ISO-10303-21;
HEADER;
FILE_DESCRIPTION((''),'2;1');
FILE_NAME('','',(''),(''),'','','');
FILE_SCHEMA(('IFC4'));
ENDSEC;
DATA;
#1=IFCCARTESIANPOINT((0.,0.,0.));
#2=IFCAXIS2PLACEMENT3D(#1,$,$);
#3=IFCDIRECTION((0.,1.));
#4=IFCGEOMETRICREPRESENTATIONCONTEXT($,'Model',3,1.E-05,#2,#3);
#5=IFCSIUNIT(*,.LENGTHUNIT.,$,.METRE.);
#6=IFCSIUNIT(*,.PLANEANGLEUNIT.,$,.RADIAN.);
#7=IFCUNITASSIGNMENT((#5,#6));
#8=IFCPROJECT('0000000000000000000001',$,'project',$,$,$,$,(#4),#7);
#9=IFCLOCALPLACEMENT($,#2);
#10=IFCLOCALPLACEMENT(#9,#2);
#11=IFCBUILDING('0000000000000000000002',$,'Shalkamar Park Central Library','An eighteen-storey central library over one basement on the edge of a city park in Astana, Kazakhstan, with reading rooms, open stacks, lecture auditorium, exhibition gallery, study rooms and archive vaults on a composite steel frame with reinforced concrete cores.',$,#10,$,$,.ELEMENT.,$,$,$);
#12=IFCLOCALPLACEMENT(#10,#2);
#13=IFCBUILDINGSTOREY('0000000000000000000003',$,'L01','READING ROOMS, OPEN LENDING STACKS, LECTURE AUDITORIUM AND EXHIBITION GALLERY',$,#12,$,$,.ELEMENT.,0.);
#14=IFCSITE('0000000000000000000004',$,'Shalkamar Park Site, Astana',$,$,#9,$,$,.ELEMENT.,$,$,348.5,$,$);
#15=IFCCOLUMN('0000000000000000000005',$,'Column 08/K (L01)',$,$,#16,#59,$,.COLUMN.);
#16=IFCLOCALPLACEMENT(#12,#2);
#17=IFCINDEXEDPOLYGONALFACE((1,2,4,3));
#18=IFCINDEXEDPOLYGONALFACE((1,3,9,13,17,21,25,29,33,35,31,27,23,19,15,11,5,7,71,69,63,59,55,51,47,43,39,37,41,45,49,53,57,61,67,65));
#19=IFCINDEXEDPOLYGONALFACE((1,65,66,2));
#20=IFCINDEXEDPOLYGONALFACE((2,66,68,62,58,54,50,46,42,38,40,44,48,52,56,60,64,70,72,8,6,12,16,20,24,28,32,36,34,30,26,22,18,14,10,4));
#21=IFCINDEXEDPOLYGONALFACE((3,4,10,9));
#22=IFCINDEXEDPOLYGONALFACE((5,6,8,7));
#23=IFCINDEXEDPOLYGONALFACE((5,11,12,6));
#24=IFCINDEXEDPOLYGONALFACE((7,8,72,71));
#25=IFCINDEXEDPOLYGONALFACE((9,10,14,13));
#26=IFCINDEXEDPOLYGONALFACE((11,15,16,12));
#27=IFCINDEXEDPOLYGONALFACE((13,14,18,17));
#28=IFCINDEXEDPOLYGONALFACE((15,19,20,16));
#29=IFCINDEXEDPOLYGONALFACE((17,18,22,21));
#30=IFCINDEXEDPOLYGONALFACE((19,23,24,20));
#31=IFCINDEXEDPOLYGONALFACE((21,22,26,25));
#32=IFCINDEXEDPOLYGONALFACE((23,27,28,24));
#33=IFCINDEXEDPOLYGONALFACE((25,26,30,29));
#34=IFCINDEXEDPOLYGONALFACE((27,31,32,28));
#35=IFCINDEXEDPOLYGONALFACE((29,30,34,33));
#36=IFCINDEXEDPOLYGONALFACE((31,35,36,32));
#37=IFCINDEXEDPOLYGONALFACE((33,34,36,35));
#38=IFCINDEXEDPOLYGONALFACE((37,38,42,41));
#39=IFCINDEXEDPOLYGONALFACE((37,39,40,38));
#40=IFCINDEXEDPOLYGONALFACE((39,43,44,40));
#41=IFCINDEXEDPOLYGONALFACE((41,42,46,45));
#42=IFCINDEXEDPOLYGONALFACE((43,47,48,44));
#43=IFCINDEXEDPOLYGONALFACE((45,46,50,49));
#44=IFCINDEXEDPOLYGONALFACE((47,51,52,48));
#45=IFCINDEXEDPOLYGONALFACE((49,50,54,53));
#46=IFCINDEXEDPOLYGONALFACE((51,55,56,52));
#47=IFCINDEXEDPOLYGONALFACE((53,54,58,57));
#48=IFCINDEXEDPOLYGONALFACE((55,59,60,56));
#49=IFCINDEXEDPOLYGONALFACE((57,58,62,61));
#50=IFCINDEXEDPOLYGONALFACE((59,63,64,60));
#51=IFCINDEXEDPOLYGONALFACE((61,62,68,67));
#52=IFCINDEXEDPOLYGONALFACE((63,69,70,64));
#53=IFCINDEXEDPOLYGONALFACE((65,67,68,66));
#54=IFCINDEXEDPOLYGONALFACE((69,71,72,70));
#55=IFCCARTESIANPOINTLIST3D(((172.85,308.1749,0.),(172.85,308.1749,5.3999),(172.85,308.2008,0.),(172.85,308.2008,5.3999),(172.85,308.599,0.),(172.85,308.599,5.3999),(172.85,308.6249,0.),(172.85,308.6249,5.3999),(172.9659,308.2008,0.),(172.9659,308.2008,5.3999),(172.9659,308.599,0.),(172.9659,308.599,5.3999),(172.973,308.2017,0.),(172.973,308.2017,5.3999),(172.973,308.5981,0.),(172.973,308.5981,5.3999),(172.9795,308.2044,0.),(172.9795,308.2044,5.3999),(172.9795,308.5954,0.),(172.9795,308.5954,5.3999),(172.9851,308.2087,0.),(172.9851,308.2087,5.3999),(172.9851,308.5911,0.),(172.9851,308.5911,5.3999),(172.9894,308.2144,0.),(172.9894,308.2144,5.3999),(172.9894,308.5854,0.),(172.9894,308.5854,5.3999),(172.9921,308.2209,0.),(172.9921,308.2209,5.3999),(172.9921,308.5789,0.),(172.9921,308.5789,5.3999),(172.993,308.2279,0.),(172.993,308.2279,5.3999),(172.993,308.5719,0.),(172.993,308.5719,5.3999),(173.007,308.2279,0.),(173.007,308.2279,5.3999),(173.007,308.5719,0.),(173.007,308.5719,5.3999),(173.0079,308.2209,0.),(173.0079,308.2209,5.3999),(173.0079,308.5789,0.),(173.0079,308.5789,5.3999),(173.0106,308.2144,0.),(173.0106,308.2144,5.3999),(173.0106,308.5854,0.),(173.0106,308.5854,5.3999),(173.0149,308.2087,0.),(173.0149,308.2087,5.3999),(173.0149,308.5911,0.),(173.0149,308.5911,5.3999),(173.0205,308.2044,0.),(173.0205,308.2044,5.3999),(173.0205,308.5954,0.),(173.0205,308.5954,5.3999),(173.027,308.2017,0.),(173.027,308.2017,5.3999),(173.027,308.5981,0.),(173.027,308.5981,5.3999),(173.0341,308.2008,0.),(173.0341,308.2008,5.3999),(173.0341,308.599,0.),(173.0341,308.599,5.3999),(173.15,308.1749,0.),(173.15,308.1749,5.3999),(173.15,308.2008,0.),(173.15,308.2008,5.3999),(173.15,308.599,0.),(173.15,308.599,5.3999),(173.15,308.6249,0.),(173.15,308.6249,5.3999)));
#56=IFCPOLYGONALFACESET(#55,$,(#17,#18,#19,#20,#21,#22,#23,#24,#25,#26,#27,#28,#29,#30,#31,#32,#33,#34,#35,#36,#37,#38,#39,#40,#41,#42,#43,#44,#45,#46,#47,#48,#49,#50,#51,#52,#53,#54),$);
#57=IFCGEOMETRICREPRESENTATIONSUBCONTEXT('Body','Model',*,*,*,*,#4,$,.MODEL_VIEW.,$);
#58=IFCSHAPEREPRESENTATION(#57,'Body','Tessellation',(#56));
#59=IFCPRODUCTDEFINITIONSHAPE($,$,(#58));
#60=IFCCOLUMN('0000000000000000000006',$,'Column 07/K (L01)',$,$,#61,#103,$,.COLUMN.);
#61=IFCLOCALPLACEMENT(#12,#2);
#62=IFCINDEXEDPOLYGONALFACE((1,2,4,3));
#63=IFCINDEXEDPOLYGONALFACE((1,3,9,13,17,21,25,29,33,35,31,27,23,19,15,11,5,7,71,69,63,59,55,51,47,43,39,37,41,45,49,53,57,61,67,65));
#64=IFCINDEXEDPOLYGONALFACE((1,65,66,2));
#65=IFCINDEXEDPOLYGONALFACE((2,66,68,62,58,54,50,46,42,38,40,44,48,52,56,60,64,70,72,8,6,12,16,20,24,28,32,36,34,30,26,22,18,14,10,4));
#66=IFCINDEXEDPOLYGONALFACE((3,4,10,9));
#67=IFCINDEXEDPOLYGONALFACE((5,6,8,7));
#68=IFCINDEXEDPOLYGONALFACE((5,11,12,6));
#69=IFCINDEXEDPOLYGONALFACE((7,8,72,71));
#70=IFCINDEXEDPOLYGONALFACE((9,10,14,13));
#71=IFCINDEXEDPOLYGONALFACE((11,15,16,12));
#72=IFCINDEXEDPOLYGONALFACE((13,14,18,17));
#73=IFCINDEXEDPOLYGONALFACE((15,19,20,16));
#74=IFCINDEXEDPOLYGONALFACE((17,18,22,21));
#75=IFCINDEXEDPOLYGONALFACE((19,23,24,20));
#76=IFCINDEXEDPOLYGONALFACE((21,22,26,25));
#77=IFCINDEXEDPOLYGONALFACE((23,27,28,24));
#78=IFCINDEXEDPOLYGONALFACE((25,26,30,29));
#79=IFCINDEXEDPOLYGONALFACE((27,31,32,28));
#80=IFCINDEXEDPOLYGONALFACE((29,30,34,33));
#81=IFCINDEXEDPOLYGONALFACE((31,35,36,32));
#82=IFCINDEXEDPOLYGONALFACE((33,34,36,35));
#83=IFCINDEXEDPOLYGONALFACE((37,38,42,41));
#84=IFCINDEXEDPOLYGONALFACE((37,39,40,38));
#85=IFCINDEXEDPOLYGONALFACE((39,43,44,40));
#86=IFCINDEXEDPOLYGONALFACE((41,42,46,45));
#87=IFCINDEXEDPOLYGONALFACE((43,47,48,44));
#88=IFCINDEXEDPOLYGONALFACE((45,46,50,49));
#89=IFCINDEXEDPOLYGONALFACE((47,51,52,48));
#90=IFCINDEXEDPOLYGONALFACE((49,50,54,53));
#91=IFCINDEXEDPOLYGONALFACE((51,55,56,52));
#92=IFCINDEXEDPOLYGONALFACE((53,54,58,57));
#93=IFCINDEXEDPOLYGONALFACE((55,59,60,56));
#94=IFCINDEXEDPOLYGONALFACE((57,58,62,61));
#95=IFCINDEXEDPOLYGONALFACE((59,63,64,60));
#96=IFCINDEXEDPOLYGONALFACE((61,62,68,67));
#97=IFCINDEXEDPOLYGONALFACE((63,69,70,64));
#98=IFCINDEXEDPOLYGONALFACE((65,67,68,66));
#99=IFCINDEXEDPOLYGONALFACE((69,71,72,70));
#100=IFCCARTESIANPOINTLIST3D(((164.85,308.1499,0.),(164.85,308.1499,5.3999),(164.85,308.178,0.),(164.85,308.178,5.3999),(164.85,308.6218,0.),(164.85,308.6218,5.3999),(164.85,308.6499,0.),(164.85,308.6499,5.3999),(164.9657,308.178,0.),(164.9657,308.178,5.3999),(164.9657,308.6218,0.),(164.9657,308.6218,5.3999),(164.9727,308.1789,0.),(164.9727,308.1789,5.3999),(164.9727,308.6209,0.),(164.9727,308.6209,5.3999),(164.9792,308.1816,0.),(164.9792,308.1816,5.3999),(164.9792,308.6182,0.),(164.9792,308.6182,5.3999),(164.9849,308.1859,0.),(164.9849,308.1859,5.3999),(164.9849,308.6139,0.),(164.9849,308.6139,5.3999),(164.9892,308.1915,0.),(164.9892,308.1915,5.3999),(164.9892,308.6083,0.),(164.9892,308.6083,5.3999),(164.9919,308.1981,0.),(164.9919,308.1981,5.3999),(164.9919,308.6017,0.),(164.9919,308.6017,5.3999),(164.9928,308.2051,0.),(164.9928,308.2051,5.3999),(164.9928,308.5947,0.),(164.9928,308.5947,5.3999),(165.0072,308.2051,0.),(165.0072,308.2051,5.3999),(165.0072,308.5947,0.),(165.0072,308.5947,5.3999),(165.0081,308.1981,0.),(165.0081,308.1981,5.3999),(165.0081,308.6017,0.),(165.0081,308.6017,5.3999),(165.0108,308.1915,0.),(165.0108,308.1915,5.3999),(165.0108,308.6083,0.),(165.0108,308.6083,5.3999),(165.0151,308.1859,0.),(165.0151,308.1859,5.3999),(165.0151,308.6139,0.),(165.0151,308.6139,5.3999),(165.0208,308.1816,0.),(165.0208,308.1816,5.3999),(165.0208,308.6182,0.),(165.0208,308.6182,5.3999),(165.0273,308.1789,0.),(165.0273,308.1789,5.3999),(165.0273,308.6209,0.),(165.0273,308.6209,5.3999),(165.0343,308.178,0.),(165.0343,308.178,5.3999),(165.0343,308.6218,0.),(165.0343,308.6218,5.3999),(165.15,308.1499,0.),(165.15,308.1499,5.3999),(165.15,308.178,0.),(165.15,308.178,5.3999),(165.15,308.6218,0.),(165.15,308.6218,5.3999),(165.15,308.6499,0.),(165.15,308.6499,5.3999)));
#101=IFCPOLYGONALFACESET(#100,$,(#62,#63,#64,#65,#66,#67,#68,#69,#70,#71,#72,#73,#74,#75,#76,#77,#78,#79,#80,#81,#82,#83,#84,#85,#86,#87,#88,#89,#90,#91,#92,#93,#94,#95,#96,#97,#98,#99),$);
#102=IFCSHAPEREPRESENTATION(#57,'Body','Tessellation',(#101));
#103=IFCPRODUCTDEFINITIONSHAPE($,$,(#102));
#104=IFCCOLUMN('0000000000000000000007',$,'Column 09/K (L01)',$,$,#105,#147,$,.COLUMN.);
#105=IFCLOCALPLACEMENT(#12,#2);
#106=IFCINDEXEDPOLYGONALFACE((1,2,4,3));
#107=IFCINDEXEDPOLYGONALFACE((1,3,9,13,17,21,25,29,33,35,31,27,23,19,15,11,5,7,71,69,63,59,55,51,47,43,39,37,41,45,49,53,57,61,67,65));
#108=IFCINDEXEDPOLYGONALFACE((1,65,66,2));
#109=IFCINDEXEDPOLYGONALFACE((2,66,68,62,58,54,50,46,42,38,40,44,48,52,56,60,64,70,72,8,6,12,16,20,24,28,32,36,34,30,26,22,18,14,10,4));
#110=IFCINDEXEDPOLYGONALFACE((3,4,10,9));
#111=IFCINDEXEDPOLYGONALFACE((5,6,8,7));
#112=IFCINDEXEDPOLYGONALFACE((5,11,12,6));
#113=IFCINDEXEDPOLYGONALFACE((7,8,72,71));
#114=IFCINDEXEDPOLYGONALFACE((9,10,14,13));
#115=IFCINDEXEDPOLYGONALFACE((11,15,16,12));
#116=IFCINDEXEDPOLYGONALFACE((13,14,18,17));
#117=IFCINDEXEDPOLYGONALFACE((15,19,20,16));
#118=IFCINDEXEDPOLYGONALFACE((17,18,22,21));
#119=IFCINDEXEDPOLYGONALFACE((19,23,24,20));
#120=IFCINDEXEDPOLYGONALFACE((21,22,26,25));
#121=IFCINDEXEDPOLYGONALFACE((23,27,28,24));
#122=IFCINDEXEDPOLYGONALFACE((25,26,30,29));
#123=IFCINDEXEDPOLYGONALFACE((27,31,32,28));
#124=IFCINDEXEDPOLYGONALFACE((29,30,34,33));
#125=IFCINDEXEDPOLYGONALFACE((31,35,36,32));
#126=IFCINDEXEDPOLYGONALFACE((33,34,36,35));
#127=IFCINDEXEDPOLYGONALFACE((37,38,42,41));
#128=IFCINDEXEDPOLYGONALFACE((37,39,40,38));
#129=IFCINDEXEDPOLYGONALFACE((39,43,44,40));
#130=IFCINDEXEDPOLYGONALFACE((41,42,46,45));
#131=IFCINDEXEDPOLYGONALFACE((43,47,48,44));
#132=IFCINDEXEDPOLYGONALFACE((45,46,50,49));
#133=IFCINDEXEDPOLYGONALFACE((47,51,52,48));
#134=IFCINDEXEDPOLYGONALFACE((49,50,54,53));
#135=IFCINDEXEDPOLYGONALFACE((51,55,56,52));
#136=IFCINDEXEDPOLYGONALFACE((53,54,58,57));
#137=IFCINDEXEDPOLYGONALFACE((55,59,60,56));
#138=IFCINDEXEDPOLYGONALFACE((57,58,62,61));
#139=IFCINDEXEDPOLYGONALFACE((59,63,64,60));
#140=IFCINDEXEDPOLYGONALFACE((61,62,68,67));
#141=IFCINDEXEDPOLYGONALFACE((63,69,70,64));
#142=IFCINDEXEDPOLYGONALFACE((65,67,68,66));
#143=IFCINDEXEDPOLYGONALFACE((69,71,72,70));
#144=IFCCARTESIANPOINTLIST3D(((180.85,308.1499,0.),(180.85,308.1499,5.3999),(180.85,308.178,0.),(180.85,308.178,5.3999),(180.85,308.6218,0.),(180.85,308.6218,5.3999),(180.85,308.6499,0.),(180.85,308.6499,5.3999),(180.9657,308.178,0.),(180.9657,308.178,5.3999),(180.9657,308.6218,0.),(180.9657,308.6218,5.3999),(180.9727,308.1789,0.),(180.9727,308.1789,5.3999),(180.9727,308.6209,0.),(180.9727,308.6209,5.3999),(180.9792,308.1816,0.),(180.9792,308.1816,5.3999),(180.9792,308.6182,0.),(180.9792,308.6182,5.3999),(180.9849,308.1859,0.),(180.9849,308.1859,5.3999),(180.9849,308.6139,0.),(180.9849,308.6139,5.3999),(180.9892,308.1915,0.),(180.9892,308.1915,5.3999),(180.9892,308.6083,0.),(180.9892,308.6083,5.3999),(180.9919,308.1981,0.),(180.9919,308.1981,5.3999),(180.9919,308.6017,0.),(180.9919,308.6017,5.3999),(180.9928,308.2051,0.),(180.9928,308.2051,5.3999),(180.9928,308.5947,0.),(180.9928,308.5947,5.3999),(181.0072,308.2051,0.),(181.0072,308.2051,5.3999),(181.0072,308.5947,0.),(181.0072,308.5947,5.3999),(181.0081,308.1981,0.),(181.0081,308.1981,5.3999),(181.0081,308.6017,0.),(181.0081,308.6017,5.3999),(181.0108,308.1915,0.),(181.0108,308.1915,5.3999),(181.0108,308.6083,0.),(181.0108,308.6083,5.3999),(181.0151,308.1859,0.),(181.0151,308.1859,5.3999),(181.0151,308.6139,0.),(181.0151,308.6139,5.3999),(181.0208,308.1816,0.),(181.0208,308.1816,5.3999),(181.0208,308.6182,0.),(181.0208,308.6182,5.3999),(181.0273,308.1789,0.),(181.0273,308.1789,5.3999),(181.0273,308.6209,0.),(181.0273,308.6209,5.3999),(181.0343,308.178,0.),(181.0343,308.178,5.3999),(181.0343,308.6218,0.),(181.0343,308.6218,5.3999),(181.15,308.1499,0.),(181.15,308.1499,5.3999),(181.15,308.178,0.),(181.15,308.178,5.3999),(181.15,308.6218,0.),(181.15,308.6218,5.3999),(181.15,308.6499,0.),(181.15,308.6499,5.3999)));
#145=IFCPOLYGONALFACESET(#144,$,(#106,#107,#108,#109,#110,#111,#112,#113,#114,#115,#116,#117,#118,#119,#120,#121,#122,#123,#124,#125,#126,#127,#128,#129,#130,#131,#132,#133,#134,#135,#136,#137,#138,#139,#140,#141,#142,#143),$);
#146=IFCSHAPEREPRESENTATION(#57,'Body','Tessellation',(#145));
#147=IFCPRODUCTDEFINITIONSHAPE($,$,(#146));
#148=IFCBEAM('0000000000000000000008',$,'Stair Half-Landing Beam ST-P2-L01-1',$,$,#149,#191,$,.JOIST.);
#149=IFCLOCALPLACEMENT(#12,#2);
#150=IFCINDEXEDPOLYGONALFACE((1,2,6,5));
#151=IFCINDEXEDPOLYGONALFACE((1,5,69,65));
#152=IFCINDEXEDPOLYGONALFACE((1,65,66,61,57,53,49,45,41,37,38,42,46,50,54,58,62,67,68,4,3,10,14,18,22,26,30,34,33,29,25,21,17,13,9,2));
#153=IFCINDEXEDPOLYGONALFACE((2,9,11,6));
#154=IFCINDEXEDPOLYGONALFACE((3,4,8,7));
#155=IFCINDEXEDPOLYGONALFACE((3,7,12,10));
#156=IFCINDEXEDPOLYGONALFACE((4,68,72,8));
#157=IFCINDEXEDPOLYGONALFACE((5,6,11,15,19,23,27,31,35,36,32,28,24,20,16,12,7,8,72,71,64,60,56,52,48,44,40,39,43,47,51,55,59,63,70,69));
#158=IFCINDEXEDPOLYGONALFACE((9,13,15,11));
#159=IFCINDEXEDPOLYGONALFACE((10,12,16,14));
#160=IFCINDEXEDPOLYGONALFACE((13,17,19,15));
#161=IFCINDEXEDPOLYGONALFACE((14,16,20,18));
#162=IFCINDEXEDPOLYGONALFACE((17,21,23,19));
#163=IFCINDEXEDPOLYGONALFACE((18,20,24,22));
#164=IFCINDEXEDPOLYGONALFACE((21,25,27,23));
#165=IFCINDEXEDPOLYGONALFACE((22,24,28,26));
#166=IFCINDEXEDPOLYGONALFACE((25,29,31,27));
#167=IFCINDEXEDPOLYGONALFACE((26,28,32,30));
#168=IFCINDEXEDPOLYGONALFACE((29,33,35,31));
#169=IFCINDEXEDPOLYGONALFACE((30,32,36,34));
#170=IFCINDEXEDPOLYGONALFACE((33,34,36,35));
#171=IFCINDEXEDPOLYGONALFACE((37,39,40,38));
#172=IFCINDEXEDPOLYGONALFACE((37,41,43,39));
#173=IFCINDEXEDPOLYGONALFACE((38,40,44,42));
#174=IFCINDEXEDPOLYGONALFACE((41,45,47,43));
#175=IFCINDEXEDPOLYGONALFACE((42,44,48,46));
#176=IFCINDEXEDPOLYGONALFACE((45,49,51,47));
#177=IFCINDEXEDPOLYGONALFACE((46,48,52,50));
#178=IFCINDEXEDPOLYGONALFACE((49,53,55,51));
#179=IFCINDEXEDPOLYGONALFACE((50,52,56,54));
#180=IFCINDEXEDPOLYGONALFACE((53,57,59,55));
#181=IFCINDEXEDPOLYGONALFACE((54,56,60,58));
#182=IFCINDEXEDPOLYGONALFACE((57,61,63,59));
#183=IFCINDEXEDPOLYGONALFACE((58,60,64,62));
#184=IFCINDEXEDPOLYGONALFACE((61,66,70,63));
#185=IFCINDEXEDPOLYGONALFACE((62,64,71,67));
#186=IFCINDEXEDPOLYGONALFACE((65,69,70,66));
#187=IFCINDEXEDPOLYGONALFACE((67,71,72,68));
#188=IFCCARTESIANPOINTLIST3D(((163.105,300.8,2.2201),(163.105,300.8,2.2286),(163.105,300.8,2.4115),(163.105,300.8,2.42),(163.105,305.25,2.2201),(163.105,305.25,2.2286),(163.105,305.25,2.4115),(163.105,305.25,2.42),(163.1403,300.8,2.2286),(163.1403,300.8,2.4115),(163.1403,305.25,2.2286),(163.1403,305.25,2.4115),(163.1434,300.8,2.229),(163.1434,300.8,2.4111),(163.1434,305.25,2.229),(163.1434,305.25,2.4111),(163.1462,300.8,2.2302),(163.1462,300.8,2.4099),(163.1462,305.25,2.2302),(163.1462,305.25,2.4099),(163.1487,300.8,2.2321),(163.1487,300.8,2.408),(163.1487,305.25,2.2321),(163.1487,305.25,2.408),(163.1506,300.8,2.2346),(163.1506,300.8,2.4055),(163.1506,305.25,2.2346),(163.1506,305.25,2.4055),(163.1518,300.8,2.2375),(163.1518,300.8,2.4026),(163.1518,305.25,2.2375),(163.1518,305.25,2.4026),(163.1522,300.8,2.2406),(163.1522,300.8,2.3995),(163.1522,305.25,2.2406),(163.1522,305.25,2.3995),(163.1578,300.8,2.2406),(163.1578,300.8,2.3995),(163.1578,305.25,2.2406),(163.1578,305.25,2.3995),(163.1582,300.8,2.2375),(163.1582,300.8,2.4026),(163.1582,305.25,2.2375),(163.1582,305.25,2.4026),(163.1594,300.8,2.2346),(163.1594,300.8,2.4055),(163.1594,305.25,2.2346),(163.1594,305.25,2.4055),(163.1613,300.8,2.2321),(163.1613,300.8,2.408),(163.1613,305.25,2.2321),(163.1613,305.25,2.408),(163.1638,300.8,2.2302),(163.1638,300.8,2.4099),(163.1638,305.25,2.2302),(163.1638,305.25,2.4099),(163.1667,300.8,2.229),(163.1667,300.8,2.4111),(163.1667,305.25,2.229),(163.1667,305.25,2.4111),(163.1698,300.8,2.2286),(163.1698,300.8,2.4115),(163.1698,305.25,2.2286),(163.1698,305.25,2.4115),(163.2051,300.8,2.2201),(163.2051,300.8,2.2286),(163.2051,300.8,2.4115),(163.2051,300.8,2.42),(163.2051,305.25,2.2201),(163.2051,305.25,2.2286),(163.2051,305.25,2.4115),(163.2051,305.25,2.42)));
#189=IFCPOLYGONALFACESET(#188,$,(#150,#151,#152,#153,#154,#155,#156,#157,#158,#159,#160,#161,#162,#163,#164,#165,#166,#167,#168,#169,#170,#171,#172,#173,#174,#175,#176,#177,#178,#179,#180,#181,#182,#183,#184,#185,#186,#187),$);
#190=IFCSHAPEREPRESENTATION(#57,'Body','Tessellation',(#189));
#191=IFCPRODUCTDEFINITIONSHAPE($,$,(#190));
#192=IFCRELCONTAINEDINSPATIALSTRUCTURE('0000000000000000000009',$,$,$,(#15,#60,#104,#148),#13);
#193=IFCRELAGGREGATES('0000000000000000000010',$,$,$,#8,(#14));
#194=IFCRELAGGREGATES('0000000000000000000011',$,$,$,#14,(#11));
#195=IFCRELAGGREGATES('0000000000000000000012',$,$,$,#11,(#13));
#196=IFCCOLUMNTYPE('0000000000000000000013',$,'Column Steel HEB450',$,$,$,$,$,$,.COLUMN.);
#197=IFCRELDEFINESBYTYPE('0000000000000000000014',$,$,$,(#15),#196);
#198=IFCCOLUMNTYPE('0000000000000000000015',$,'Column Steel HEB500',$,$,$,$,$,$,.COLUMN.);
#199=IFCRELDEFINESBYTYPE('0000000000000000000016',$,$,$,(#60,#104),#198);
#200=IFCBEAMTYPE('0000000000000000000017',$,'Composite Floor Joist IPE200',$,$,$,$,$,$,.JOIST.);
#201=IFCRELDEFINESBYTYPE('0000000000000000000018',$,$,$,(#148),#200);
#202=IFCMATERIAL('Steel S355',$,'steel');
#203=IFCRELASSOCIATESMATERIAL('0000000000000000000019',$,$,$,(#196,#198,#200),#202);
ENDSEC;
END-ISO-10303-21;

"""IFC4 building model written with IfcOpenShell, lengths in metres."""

from ifc_helpers import new_model, si_unit, direction, frame, origin, origin_2d, place, context, subcontext, project, spatial, i_section, extrude, material, material_profile, profile_set, type_object, element, save


model = new_model("IFC4")

# Units and contexts
model_context = context("Model", 3, precision=1e-05, world=origin(), true_north=direction((0.0, 1.0)))
body_context = subcontext(model_context, "Body", "Model", "MODEL_VIEW")
ifc_project = project(units=[si_unit("LENGTHUNIT", "METRE"), si_unit("PLANEANGLEUNIT", "RADIAN")], contexts=[model_context])

# Site, building, storey
site_placement = place(None, origin())
site = spatial("IfcSite", under=ifc_project, at=site_placement, Name="Shalkamar Park Site, Astana", CompositionType="ELEMENT", RefElevation=348.5)
building_placement = place(site_placement, origin())
building = spatial("IfcBuilding", under=site, at=building_placement, Name="Shalkamar Park Central Library", Description="An eighteen-storey central library over one basement on the edge of a city park in Astana, Kazakhstan, with reading rooms, open stacks, lecture auditorium, exhibition gallery, study rooms and archive vaults on a composite steel frame with reinforced concrete cores.", CompositionType="ELEMENT")
storey_placement = place(building_placement, origin())
storey = spatial("IfcBuildingStorey", under=building, at=storey_placement, Name="L01", Description="READING ROOMS, OPEN LENDING STACKS, LECTURE AUDITORIUM AND EXHIBITION GALLERY", CompositionType="ELEMENT", Elevation=0.0)

# Columns
ifc_material_1 = material(Name="Steel S355", Category="steel")
ifc_material_profile_1 = material_profile(ifc_material_1, i_section(OverallWidth=0.3, OverallDepth=0.45, WebThickness=0.0139, FlangeThickness=0.0259, FilletRadius=0.0271, at=origin_2d()), Name="HEB 450")
ifc_profile_set_1 = profile_set([ifc_material_profile_1], Name="Steel S355")
column_type_1 = type_object("IfcColumnType", Name="Column Steel HEB450", PredefinedType="COLUMN", material=ifc_profile_set_1)
column_placement = place(storey_placement, frame((173.0, 308.3999, 0.0), z_axis=(0.0, 0.0, 1.0), x_axis=(1.0, 0.0, 0.0)))
element("IfcColumn", 1, at=column_placement, inside=storey, type_object=column_type_1, Name="Column 08/K (L01)", PredefinedType="COLUMN", context=body_context, shape_type="SweptSolid", body=[
    extrude(i_section(OverallWidth=0.3, OverallDepth=0.45, WebThickness=0.0139, FlangeThickness=0.0259, FilletRadius=0.0271, at=origin_2d()), origin(), (0.0, 0.0, 1.0), 5.3999),
])
ifc_material_profile_2 = material_profile(ifc_material_1, i_section(OverallWidth=0.3, OverallDepth=0.5, WebThickness=0.0144, FlangeThickness=0.0281, FilletRadius=0.0271, at=origin_2d()), Name="HEB 500")
ifc_profile_set_2 = profile_set([ifc_material_profile_2], Name="Steel S355")
column_type_2 = type_object("IfcColumnType", Name="Column Steel HEB500", PredefinedType="COLUMN", material=ifc_profile_set_2)
for number, where, z_axis, x_axis, name in (
    (2, (165.0, 308.3999, 0.0), (0.0, 0.0, 1.0), (1.0, 0.0, 0.0), "Column 07/K (L01)"),
    (3, (181.0, 308.3999, 0.0), (0.0, 0.0, 1.0), (1.0, 0.0, 0.0), "Column 09/K (L01)"),
):
    element("IfcColumn", number, at=place(storey_placement, frame(where, z_axis=z_axis, x_axis=x_axis)), inside=storey, type_object=column_type_2, Name=name, PredefinedType="COLUMN", context=body_context, shape_type="SweptSolid", body=[
        extrude(i_section(OverallWidth=0.3, OverallDepth=0.5, WebThickness=0.0144, FlangeThickness=0.0281, FilletRadius=0.0271, at=origin_2d()), origin(), (0.0, 0.0, 1.0), 5.3999),
    ])

# Beam
ifc_material_profile_3 = material_profile(ifc_material_1, i_section(OverallWidth=0.1001, OverallDepth=0.2, WebThickness=0.0056, FlangeThickness=0.0085, FilletRadius=0.012, at=origin_2d()), Name="IPE 200")
ifc_profile_set_3 = profile_set([ifc_material_profile_3], Name="Steel S355")
beam_type_1 = type_object("IfcBeamType", Name="Composite Floor Joist IPE200", PredefinedType="JOIST", material=ifc_profile_set_3)
for number, where, z_axis, x_axis, name in (
    (4, (163.155, 300.8, 2.3201), (0.0, 1.0, 0.0), (-1.0, 0.0, 0.0), "Stair Half-Landing Beam ST-P2-L01-1"),
):
    element("IfcBeam", number, at=place(storey_placement, frame(where, z_axis=z_axis, x_axis=x_axis)), inside=storey, type_object=beam_type_1, Name=name, PredefinedType="JOIST", context=body_context, shape_type="SweptSolid", body=[
        extrude(i_section(OverallWidth=0.1001, OverallDepth=0.2, WebThickness=0.0056, FlangeThickness=0.0085, FilletRadius=0.012, at=origin_2d()), origin(), (0.0, 0.0, 1.0), 4.45),
    ])

save(model, "model.ifc")
